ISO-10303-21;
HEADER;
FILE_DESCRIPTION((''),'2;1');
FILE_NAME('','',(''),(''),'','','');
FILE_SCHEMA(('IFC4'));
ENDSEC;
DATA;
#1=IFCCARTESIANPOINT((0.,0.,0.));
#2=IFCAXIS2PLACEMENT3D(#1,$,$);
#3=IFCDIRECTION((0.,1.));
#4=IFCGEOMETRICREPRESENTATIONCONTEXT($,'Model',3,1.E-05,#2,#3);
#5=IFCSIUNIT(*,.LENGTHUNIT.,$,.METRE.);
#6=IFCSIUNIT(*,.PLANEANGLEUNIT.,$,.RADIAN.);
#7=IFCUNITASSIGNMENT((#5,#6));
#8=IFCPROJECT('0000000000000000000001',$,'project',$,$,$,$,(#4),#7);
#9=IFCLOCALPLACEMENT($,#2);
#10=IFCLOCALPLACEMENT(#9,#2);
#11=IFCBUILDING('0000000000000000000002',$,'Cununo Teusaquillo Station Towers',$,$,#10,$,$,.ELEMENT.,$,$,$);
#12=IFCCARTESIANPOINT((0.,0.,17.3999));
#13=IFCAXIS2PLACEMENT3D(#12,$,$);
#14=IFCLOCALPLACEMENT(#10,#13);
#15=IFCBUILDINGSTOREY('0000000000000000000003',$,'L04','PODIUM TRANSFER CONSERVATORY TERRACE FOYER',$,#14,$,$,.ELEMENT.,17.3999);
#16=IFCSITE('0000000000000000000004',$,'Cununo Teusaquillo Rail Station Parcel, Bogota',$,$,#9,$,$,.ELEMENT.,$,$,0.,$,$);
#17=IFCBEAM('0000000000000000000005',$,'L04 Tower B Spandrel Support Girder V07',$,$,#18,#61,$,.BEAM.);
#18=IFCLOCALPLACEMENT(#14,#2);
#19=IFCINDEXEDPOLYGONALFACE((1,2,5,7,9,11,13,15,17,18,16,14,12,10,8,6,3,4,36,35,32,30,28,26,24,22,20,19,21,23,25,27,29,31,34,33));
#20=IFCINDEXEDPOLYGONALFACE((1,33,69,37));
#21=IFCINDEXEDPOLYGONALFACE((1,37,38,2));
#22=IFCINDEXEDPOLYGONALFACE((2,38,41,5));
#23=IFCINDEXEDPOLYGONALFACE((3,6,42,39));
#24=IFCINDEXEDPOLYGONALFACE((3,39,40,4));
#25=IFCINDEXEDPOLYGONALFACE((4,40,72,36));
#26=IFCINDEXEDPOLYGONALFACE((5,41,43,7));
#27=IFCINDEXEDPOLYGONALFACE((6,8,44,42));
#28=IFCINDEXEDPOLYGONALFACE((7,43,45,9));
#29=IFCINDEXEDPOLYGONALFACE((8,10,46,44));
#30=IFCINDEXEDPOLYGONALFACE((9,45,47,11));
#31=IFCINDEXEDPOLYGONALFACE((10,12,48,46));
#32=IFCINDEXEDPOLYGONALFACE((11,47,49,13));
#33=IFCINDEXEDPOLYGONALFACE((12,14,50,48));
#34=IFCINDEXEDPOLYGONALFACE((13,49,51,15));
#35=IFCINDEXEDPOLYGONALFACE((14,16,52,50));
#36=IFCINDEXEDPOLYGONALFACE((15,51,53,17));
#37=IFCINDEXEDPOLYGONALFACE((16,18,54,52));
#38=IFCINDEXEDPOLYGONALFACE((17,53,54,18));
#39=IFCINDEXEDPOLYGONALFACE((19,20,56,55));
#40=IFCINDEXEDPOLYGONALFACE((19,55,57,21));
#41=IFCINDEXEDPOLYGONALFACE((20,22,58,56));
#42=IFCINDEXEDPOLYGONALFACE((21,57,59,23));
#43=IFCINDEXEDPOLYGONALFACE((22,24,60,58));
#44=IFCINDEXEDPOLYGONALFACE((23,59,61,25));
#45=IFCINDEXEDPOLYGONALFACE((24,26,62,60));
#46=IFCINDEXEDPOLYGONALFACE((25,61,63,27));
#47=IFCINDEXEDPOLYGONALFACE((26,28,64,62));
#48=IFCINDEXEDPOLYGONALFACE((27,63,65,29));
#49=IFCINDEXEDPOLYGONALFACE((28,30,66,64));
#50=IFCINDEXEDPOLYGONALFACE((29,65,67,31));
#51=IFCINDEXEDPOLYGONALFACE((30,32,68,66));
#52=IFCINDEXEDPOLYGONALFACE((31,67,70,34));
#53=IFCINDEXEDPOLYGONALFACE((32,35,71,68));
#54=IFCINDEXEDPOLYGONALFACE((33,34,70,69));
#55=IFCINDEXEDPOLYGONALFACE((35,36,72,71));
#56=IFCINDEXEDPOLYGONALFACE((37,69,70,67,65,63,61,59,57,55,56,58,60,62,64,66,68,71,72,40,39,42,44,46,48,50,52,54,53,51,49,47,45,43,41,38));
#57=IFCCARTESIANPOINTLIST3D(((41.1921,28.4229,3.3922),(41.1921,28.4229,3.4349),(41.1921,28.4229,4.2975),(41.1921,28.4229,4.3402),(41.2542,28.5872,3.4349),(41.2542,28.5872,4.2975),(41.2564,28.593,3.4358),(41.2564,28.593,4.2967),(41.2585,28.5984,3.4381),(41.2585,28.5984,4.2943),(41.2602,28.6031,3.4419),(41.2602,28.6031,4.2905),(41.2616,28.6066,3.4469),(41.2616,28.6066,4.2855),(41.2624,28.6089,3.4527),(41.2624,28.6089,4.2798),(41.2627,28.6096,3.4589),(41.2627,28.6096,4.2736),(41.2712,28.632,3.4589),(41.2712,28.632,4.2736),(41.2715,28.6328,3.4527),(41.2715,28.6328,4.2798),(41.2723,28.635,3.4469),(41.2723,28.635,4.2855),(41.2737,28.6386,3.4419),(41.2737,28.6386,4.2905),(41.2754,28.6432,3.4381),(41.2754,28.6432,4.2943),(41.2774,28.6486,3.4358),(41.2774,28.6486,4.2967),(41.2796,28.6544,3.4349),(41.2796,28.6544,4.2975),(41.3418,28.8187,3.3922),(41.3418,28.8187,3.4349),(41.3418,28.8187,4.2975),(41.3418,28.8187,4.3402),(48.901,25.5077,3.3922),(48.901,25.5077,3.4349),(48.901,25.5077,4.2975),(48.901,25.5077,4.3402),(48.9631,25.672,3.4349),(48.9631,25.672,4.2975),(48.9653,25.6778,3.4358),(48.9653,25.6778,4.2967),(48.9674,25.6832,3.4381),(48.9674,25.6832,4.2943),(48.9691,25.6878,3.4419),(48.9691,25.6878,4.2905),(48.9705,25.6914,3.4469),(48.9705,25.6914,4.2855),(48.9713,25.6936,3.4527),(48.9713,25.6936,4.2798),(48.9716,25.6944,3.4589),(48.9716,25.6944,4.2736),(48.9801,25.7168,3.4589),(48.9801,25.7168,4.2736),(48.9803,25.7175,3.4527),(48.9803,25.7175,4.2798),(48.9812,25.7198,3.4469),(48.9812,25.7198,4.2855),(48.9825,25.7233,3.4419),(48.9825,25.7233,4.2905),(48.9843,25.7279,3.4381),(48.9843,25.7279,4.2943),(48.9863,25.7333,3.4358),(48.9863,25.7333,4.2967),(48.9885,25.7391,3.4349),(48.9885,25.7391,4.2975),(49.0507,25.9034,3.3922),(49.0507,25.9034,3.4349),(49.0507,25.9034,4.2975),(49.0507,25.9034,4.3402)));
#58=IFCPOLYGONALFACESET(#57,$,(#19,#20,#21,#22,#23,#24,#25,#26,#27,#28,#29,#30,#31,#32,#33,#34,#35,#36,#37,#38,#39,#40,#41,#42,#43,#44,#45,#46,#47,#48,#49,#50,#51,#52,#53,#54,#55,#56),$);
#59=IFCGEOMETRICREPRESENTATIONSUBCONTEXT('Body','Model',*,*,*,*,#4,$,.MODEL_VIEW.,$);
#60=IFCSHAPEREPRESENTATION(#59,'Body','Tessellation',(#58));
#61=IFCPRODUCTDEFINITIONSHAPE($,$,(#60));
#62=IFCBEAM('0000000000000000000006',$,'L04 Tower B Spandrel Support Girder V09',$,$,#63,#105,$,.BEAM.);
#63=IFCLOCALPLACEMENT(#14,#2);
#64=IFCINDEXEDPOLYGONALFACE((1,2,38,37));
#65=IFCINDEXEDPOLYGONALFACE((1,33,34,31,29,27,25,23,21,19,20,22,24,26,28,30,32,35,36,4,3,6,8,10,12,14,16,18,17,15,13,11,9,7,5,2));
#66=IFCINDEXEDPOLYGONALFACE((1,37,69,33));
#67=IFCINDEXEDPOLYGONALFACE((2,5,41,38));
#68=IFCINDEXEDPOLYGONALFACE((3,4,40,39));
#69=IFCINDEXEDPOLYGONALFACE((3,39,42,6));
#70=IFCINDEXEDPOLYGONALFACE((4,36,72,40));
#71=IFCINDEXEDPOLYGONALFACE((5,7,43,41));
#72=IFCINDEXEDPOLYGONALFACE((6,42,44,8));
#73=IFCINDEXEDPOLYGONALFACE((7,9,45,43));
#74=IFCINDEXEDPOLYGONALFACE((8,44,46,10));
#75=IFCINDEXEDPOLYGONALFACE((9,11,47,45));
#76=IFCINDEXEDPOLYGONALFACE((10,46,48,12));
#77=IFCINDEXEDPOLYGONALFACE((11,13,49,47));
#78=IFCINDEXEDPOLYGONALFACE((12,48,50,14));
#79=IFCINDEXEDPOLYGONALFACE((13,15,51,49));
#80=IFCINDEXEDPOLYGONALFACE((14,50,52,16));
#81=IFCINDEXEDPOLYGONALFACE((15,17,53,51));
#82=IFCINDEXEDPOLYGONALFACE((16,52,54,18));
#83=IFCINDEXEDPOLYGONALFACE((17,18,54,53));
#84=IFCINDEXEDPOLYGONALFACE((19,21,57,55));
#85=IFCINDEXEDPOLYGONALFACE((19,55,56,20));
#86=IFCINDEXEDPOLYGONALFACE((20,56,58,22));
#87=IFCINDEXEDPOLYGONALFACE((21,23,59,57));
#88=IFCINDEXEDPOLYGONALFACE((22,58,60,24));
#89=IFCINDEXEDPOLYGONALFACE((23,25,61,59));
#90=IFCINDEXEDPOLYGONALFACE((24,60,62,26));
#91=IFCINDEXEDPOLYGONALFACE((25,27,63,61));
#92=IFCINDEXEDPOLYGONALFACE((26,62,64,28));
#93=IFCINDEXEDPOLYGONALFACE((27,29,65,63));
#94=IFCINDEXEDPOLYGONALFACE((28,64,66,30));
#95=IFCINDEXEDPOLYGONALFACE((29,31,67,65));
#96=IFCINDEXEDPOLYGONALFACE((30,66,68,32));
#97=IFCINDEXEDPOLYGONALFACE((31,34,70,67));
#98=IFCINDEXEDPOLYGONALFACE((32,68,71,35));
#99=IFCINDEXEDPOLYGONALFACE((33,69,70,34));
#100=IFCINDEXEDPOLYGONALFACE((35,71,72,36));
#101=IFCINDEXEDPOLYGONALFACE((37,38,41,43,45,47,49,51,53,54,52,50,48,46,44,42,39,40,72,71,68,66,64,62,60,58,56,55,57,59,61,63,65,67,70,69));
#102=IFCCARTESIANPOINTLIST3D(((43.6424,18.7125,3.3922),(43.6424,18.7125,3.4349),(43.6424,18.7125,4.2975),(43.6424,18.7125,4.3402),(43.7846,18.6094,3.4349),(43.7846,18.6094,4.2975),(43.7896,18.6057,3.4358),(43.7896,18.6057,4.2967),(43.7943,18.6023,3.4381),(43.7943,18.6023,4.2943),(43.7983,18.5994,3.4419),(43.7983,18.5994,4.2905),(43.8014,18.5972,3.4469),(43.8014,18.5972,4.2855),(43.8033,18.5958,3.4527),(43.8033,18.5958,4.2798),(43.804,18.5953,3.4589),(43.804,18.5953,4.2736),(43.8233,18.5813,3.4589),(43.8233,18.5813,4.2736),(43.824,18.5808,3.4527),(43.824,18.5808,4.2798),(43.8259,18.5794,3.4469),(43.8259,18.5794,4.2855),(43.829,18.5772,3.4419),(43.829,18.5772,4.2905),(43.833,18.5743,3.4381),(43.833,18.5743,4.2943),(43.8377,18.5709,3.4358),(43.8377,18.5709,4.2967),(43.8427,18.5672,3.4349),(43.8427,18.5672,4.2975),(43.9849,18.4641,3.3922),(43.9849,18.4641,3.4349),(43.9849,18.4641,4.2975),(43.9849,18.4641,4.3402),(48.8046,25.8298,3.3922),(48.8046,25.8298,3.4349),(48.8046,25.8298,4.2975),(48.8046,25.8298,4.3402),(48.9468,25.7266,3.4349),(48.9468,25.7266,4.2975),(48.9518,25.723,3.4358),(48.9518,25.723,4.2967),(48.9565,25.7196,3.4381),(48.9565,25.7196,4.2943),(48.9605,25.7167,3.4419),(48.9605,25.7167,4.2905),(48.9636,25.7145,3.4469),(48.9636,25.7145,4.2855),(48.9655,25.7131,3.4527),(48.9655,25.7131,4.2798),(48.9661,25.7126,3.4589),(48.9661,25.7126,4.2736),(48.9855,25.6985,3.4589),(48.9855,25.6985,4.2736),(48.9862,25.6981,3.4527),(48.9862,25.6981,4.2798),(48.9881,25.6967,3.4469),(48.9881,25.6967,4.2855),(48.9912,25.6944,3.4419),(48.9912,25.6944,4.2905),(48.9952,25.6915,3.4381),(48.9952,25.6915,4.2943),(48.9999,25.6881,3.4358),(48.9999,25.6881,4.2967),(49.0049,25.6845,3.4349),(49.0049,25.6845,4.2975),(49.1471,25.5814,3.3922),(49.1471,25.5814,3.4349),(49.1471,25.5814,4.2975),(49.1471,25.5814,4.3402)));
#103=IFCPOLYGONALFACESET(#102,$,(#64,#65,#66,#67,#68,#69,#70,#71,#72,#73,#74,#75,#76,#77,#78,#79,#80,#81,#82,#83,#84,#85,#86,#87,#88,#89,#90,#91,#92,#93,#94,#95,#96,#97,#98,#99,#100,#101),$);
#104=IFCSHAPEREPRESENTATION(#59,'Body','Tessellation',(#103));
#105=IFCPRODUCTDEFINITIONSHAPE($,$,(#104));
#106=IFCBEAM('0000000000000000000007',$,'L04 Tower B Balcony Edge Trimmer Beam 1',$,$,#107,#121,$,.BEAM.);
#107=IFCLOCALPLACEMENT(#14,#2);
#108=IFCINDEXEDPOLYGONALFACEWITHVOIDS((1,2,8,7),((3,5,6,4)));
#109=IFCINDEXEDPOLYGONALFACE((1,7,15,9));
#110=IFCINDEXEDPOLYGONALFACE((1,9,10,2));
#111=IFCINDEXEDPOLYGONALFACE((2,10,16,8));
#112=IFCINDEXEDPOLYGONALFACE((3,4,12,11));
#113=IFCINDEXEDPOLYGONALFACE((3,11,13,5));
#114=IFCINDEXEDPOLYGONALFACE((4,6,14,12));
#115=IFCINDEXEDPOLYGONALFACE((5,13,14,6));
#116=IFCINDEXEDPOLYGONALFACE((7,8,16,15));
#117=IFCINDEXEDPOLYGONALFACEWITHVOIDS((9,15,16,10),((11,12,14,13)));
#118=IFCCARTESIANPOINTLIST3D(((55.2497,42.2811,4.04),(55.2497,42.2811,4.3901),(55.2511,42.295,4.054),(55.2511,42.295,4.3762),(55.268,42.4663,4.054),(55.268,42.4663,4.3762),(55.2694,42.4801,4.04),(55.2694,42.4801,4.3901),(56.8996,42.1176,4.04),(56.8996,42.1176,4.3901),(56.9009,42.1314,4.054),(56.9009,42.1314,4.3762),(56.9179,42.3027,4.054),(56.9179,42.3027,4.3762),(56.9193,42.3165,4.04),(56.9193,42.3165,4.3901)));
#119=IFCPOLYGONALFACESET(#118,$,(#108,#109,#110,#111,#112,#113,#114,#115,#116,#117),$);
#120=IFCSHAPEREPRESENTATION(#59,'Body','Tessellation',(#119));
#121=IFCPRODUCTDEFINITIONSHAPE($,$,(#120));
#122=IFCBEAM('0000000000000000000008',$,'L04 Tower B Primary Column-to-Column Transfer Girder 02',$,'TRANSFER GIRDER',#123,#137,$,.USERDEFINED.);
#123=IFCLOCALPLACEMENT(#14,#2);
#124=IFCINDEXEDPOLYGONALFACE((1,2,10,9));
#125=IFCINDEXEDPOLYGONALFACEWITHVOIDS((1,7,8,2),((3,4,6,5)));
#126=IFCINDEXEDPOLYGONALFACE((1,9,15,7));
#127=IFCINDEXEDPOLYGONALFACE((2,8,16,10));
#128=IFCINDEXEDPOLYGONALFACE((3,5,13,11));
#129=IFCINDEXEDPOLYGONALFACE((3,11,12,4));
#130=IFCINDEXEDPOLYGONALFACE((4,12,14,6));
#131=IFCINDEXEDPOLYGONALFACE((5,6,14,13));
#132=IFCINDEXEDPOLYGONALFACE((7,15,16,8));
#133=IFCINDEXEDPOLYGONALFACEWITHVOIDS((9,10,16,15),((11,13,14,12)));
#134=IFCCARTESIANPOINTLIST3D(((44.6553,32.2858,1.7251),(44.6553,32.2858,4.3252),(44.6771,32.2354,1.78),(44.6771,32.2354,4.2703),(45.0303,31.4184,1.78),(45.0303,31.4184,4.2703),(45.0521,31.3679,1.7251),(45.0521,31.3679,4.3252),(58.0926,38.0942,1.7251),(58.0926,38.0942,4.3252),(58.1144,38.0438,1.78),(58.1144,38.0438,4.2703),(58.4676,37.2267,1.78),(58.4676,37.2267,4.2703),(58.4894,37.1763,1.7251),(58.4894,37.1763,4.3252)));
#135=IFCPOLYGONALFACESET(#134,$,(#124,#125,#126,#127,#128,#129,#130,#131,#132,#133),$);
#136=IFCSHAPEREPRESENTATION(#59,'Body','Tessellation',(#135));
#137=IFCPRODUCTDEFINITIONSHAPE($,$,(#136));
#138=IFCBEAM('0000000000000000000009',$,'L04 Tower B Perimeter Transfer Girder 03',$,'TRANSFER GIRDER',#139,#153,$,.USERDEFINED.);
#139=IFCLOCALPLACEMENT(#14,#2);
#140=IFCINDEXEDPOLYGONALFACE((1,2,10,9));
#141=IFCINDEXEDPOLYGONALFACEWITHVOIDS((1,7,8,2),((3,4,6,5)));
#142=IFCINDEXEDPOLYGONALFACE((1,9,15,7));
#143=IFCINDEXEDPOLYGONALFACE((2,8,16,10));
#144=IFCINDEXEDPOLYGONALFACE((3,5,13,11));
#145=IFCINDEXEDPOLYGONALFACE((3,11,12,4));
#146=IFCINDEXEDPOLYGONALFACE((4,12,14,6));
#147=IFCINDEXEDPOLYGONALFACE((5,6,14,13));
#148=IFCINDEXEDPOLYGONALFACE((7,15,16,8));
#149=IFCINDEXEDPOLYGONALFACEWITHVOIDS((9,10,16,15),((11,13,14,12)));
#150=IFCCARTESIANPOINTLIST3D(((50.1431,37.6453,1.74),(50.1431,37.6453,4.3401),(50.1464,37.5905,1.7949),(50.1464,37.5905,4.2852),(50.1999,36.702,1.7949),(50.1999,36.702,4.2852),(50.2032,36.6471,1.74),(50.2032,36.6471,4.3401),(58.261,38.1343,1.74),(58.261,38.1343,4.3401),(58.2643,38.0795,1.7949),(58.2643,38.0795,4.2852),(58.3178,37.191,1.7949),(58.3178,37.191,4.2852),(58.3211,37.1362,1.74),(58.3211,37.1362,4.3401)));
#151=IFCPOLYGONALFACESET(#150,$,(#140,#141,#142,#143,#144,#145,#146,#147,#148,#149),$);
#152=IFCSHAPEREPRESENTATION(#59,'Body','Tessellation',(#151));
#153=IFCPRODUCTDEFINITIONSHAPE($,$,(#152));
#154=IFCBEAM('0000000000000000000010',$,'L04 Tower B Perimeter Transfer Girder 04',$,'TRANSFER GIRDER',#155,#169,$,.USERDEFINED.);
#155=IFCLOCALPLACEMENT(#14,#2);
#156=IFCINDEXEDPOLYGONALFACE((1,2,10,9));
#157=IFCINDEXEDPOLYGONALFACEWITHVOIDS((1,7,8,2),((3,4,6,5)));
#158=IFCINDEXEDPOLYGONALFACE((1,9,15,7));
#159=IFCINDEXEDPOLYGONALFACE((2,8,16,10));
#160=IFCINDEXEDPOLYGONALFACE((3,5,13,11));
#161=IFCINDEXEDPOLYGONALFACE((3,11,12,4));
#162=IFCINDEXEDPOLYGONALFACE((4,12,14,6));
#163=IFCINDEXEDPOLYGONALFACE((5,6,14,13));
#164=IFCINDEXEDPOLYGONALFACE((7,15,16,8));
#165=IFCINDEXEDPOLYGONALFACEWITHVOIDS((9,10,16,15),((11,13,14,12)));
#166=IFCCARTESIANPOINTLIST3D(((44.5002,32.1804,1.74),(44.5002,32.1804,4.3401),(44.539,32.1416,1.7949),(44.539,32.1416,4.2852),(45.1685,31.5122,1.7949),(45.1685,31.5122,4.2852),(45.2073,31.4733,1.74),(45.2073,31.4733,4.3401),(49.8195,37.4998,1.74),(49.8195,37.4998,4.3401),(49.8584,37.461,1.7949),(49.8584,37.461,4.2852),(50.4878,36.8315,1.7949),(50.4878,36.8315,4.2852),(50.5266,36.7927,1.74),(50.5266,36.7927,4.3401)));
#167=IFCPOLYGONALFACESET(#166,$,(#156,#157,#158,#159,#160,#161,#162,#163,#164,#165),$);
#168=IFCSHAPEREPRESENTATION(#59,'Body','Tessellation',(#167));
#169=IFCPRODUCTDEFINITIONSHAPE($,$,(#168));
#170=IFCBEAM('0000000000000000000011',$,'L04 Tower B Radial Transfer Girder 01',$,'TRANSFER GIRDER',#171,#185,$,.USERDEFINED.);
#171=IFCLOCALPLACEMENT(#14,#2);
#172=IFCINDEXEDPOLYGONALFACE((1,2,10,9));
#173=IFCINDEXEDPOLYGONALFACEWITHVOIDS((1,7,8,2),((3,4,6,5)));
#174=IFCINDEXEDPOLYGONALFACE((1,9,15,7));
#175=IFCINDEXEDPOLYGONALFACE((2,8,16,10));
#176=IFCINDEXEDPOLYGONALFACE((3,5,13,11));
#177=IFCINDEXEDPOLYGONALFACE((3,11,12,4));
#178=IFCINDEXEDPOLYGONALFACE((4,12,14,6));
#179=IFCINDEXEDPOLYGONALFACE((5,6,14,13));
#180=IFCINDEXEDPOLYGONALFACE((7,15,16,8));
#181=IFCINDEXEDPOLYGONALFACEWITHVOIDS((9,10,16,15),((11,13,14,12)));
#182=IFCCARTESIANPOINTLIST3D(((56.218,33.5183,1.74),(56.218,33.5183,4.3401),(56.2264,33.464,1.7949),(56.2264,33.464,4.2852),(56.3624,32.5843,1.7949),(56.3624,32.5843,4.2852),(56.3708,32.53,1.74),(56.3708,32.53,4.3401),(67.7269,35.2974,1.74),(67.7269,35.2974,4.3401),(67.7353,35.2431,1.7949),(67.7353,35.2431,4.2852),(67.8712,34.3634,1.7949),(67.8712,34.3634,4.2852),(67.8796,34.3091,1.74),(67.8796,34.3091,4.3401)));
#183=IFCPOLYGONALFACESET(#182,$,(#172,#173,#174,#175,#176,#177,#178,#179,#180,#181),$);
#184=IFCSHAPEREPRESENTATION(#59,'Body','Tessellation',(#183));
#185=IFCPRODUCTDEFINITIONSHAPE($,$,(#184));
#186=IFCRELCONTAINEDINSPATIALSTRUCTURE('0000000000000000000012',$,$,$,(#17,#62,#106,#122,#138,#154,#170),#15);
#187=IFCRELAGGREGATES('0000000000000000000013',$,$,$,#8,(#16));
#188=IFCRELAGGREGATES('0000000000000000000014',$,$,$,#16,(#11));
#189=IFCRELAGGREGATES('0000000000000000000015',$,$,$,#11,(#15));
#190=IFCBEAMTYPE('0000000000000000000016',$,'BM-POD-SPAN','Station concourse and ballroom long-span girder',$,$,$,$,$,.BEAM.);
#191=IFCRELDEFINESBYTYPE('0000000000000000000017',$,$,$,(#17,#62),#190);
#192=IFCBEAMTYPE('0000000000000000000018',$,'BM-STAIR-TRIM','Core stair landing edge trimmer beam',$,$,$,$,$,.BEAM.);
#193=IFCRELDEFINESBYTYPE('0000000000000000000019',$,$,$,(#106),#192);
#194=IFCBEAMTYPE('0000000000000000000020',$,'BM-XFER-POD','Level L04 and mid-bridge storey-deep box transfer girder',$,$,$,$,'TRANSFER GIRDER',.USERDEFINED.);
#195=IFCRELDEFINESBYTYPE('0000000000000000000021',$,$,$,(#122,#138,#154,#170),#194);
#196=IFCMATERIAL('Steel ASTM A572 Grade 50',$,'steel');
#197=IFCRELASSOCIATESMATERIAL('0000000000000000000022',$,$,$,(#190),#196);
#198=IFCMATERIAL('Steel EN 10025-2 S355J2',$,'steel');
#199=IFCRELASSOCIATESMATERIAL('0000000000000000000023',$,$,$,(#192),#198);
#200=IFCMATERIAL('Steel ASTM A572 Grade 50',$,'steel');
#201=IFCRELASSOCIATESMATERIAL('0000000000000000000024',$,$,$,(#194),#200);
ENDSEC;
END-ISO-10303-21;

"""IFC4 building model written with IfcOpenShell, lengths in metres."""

from ifc_helpers import new_model, si_unit, direction, frame, origin, origin_2d, place, context, subcontext, project, spatial, hollow_rectangle, i_section, extrude, material, material_profile, profile_set, type_object, element, save


model = new_model("IFC4")

# Units and contexts
model_context = context("Model", 3, precision=1e-05, world=origin(), true_north=direction((0.0, 1.0)))
body_context = subcontext(model_context, "Body", "Model", "MODEL_VIEW")
ifc_project = project(units=[si_unit("LENGTHUNIT", "METRE"), si_unit("PLANEANGLEUNIT", "RADIAN")], contexts=[model_context])

# Site, building, storey
site_placement = place(None, origin())
site = spatial("IfcSite", under=ifc_project, at=site_placement, Name="Cununo Teusaquillo Rail Station Parcel, Bogota", CompositionType="ELEMENT", RefElevation=0.0)
building_placement = place(site_placement, origin())
building = spatial("IfcBuilding", under=site, at=building_placement, Name="Cununo Teusaquillo Station Towers", CompositionType="ELEMENT")
storey_placement = place(building_placement, frame((0.0, 0.0, 17.3999)))
storey = spatial("IfcBuildingStorey", under=building, at=storey_placement, Name="L04", Description="PODIUM TRANSFER CONSERVATORY TERRACE FOYER", CompositionType="ELEMENT", Elevation=17.3999)

# Beams
ifc_material_1 = material(Name="Steel ASTM A572 Grade 50", Category="steel")
ifc_material_profile_1 = material_profile(ifc_material_1, i_section(OverallWidth=0.4231, OverallDepth=0.948, WebThickness=0.0239, FlangeThickness=0.0427, FilletRadius=0.0239, at=origin_2d()), Name="W36X302")
ifc_profile_set_1 = profile_set([ifc_material_profile_1], Name="Steel ASTM A572 Grade 50")
beam_type_1 = type_object("IfcBeamType", Name="BM-POD-SPAN", Description="Station concourse and ballroom long-span girder", PredefinedType="BEAM", material=ifc_profile_set_1)
beam_1_placement = place(storey_placement, frame((48.9758, 25.7056, 3.8662), z_axis=(-0.935352, 0.353719, 0.0), x_axis=(-0.353719, -0.935352, 0.0)))
element("IfcBeam", 1, at=beam_1_placement, inside=storey, type_object=beam_type_1, Name="L04 Tower B Spandrel Support Girder V07", PredefinedType="BEAM", context=body_context, shape_type="SweptSolid", body=[
    extrude(i_section(OverallWidth=0.4231, OverallDepth=0.948, WebThickness=0.0239, FlangeThickness=0.0427, FilletRadius=0.0239, at=origin_2d()), origin(), (0.0, 0.0, 1.0), 8.2417),
])
beam_2_placement = place(storey_placement, frame((48.9758, 25.7056, 3.8662), z_axis=(-0.587128, -0.809494, 0.0), x_axis=(0.809494, -0.587128, 0.0)))
element("IfcBeam", 2, at=beam_2_placement, inside=storey, type_object=beam_type_1, Name="L04 Tower B Spandrel Support Girder V09", PredefinedType="BEAM", context=body_context, shape_type="SweptSolid", body=[
    extrude(i_section(OverallWidth=0.4231, OverallDepth=0.948, WebThickness=0.0239, FlangeThickness=0.0427, FilletRadius=0.0239, at=origin_2d()), origin(), (0.0, 0.0, 1.0), 8.7922),
])
ifc_material_2 = material(Name="Steel EN 10025-2 S355J2", Category="steel")
ifc_material_profile_2 = material_profile(ifc_material_2, hollow_rectangle(XDim=0.2, YDim=0.3501, WallThickness=0.0139, at=origin_2d()), Name="RHS 350x200x14")
ifc_profile_set_2 = profile_set([ifc_material_profile_2], Name="Steel EN 10025-2 S355J2")
beam_type_2 = type_object("IfcBeamType", Name="BM-STAIR-TRIM", Description="Core stair landing edge trimmer beam", PredefinedType="BEAM", material=ifc_profile_set_2)
beam_3_placement = place(storey_placement, frame((56.9094, 42.217, 4.2151), z_axis=(-0.995121, 0.098658, 0.0), x_axis=(-0.098658, -0.995121, 0.0)))
element("IfcBeam", 3, at=beam_3_placement, inside=storey, type_object=beam_type_2, Name="L04 Tower B Balcony Edge Trimmer Beam 1", PredefinedType="BEAM", context=body_context, shape_type="SweptSolid", body=[
    extrude(hollow_rectangle(XDim=0.2, YDim=0.3501, WallThickness=0.0139, at=origin_2d()), origin(), (0.0, 0.0, 1.0), 1.658),
])
ifc_material_3 = material(Name="Steel ASTM A572 Grade 50", Category="steel")
ifc_material_profile_3 = material_profile(ifc_material_3, hollow_rectangle(XDim=1.0, YDim=2.6001, WallThickness=0.0549, at=origin_2d()), Name="BOX 2600x1000x55")
ifc_profile_set_3 = profile_set([ifc_material_profile_3], Name="Steel ASTM A572 Grade 50")
beam_type_3 = type_object("IfcBeamType", Name="BM-XFER-POD", Description="Level L04 and mid-bridge storey-deep box transfer girder", ElementType="TRANSFER GIRDER", PredefinedType="USERDEFINED", material=ifc_profile_set_3)
beam_4_placement = place(storey_placement, frame((58.291, 37.6353, 3.0251), z_axis=(-0.917916, -0.396776, 0.0), x_axis=(0.396776, -0.917916, 0.0)))
element("IfcBeam", 4, at=beam_4_placement, inside=storey, type_object=beam_type_3, Name="L04 Tower B Primary Column-to-Column Transfer Girder 02", ObjectType="TRANSFER GIRDER", PredefinedType="USERDEFINED", context=body_context, shape_type="SweptSolid", body=[
    extrude(hollow_rectangle(XDim=1.0, YDim=2.6001, WallThickness=0.0549, at=origin_2d()), origin(), (0.0, 0.0, 1.0), 14.6389),
])
beam_5_placement = place(storey_placement, frame((58.291, 37.6353, 3.04), z_axis=(-0.998191, -0.06013, 0.0), x_axis=(0.06013, -0.998191, 0.0)))
element("IfcBeam", 5, at=beam_5_placement, inside=storey, type_object=beam_type_3, Name="L04 Tower B Perimeter Transfer Girder 03", ObjectType="TRANSFER GIRDER", PredefinedType="USERDEFINED", context=body_context, shape_type="SweptSolid", body=[
    extrude(hollow_rectangle(XDim=1.0, YDim=2.6001, WallThickness=0.0549, at=origin_2d()), origin(), (0.0, 0.0, 1.0), 8.1326),
])
beam_6_placement = place(storey_placement, frame((50.1731, 37.1462, 3.04), z_axis=(-0.707107, -0.707107, 0.0), x_axis=(0.707107, -0.707107, 0.0)))
element("IfcBeam", 6, at=beam_6_placement, inside=storey, type_object=beam_type_3, Name="L04 Tower B Perimeter Transfer Girder 04", ObjectType="TRANSFER GIRDER", PredefinedType="USERDEFINED", context=body_context, shape_type="SweptSolid", body=[
    extrude(hollow_rectangle(XDim=1.0, YDim=2.6001, WallThickness=0.0549, at=origin_2d()), origin(), (0.0, 0.0, 1.0), 7.5227),
])
beam_7_placement = place(storey_placement, frame((56.2944, 33.0242, 3.04), z_axis=(0.988262, 0.152768, 0.0), x_axis=(-0.152768, 0.988262, 0.0)))
element("IfcBeam", 7, at=beam_7_placement, inside=storey, type_object=beam_type_3, Name="L04 Tower B Radial Transfer Girder 01", ObjectType="TRANSFER GIRDER", PredefinedType="USERDEFINED", context=body_context, shape_type="SweptSolid", body=[
    extrude(hollow_rectangle(XDim=1.0, YDim=2.6001, WallThickness=0.0549, at=origin_2d()), origin(), (0.0, 0.0, 1.0), 11.6455),
])

save(model, "model.ifc")
